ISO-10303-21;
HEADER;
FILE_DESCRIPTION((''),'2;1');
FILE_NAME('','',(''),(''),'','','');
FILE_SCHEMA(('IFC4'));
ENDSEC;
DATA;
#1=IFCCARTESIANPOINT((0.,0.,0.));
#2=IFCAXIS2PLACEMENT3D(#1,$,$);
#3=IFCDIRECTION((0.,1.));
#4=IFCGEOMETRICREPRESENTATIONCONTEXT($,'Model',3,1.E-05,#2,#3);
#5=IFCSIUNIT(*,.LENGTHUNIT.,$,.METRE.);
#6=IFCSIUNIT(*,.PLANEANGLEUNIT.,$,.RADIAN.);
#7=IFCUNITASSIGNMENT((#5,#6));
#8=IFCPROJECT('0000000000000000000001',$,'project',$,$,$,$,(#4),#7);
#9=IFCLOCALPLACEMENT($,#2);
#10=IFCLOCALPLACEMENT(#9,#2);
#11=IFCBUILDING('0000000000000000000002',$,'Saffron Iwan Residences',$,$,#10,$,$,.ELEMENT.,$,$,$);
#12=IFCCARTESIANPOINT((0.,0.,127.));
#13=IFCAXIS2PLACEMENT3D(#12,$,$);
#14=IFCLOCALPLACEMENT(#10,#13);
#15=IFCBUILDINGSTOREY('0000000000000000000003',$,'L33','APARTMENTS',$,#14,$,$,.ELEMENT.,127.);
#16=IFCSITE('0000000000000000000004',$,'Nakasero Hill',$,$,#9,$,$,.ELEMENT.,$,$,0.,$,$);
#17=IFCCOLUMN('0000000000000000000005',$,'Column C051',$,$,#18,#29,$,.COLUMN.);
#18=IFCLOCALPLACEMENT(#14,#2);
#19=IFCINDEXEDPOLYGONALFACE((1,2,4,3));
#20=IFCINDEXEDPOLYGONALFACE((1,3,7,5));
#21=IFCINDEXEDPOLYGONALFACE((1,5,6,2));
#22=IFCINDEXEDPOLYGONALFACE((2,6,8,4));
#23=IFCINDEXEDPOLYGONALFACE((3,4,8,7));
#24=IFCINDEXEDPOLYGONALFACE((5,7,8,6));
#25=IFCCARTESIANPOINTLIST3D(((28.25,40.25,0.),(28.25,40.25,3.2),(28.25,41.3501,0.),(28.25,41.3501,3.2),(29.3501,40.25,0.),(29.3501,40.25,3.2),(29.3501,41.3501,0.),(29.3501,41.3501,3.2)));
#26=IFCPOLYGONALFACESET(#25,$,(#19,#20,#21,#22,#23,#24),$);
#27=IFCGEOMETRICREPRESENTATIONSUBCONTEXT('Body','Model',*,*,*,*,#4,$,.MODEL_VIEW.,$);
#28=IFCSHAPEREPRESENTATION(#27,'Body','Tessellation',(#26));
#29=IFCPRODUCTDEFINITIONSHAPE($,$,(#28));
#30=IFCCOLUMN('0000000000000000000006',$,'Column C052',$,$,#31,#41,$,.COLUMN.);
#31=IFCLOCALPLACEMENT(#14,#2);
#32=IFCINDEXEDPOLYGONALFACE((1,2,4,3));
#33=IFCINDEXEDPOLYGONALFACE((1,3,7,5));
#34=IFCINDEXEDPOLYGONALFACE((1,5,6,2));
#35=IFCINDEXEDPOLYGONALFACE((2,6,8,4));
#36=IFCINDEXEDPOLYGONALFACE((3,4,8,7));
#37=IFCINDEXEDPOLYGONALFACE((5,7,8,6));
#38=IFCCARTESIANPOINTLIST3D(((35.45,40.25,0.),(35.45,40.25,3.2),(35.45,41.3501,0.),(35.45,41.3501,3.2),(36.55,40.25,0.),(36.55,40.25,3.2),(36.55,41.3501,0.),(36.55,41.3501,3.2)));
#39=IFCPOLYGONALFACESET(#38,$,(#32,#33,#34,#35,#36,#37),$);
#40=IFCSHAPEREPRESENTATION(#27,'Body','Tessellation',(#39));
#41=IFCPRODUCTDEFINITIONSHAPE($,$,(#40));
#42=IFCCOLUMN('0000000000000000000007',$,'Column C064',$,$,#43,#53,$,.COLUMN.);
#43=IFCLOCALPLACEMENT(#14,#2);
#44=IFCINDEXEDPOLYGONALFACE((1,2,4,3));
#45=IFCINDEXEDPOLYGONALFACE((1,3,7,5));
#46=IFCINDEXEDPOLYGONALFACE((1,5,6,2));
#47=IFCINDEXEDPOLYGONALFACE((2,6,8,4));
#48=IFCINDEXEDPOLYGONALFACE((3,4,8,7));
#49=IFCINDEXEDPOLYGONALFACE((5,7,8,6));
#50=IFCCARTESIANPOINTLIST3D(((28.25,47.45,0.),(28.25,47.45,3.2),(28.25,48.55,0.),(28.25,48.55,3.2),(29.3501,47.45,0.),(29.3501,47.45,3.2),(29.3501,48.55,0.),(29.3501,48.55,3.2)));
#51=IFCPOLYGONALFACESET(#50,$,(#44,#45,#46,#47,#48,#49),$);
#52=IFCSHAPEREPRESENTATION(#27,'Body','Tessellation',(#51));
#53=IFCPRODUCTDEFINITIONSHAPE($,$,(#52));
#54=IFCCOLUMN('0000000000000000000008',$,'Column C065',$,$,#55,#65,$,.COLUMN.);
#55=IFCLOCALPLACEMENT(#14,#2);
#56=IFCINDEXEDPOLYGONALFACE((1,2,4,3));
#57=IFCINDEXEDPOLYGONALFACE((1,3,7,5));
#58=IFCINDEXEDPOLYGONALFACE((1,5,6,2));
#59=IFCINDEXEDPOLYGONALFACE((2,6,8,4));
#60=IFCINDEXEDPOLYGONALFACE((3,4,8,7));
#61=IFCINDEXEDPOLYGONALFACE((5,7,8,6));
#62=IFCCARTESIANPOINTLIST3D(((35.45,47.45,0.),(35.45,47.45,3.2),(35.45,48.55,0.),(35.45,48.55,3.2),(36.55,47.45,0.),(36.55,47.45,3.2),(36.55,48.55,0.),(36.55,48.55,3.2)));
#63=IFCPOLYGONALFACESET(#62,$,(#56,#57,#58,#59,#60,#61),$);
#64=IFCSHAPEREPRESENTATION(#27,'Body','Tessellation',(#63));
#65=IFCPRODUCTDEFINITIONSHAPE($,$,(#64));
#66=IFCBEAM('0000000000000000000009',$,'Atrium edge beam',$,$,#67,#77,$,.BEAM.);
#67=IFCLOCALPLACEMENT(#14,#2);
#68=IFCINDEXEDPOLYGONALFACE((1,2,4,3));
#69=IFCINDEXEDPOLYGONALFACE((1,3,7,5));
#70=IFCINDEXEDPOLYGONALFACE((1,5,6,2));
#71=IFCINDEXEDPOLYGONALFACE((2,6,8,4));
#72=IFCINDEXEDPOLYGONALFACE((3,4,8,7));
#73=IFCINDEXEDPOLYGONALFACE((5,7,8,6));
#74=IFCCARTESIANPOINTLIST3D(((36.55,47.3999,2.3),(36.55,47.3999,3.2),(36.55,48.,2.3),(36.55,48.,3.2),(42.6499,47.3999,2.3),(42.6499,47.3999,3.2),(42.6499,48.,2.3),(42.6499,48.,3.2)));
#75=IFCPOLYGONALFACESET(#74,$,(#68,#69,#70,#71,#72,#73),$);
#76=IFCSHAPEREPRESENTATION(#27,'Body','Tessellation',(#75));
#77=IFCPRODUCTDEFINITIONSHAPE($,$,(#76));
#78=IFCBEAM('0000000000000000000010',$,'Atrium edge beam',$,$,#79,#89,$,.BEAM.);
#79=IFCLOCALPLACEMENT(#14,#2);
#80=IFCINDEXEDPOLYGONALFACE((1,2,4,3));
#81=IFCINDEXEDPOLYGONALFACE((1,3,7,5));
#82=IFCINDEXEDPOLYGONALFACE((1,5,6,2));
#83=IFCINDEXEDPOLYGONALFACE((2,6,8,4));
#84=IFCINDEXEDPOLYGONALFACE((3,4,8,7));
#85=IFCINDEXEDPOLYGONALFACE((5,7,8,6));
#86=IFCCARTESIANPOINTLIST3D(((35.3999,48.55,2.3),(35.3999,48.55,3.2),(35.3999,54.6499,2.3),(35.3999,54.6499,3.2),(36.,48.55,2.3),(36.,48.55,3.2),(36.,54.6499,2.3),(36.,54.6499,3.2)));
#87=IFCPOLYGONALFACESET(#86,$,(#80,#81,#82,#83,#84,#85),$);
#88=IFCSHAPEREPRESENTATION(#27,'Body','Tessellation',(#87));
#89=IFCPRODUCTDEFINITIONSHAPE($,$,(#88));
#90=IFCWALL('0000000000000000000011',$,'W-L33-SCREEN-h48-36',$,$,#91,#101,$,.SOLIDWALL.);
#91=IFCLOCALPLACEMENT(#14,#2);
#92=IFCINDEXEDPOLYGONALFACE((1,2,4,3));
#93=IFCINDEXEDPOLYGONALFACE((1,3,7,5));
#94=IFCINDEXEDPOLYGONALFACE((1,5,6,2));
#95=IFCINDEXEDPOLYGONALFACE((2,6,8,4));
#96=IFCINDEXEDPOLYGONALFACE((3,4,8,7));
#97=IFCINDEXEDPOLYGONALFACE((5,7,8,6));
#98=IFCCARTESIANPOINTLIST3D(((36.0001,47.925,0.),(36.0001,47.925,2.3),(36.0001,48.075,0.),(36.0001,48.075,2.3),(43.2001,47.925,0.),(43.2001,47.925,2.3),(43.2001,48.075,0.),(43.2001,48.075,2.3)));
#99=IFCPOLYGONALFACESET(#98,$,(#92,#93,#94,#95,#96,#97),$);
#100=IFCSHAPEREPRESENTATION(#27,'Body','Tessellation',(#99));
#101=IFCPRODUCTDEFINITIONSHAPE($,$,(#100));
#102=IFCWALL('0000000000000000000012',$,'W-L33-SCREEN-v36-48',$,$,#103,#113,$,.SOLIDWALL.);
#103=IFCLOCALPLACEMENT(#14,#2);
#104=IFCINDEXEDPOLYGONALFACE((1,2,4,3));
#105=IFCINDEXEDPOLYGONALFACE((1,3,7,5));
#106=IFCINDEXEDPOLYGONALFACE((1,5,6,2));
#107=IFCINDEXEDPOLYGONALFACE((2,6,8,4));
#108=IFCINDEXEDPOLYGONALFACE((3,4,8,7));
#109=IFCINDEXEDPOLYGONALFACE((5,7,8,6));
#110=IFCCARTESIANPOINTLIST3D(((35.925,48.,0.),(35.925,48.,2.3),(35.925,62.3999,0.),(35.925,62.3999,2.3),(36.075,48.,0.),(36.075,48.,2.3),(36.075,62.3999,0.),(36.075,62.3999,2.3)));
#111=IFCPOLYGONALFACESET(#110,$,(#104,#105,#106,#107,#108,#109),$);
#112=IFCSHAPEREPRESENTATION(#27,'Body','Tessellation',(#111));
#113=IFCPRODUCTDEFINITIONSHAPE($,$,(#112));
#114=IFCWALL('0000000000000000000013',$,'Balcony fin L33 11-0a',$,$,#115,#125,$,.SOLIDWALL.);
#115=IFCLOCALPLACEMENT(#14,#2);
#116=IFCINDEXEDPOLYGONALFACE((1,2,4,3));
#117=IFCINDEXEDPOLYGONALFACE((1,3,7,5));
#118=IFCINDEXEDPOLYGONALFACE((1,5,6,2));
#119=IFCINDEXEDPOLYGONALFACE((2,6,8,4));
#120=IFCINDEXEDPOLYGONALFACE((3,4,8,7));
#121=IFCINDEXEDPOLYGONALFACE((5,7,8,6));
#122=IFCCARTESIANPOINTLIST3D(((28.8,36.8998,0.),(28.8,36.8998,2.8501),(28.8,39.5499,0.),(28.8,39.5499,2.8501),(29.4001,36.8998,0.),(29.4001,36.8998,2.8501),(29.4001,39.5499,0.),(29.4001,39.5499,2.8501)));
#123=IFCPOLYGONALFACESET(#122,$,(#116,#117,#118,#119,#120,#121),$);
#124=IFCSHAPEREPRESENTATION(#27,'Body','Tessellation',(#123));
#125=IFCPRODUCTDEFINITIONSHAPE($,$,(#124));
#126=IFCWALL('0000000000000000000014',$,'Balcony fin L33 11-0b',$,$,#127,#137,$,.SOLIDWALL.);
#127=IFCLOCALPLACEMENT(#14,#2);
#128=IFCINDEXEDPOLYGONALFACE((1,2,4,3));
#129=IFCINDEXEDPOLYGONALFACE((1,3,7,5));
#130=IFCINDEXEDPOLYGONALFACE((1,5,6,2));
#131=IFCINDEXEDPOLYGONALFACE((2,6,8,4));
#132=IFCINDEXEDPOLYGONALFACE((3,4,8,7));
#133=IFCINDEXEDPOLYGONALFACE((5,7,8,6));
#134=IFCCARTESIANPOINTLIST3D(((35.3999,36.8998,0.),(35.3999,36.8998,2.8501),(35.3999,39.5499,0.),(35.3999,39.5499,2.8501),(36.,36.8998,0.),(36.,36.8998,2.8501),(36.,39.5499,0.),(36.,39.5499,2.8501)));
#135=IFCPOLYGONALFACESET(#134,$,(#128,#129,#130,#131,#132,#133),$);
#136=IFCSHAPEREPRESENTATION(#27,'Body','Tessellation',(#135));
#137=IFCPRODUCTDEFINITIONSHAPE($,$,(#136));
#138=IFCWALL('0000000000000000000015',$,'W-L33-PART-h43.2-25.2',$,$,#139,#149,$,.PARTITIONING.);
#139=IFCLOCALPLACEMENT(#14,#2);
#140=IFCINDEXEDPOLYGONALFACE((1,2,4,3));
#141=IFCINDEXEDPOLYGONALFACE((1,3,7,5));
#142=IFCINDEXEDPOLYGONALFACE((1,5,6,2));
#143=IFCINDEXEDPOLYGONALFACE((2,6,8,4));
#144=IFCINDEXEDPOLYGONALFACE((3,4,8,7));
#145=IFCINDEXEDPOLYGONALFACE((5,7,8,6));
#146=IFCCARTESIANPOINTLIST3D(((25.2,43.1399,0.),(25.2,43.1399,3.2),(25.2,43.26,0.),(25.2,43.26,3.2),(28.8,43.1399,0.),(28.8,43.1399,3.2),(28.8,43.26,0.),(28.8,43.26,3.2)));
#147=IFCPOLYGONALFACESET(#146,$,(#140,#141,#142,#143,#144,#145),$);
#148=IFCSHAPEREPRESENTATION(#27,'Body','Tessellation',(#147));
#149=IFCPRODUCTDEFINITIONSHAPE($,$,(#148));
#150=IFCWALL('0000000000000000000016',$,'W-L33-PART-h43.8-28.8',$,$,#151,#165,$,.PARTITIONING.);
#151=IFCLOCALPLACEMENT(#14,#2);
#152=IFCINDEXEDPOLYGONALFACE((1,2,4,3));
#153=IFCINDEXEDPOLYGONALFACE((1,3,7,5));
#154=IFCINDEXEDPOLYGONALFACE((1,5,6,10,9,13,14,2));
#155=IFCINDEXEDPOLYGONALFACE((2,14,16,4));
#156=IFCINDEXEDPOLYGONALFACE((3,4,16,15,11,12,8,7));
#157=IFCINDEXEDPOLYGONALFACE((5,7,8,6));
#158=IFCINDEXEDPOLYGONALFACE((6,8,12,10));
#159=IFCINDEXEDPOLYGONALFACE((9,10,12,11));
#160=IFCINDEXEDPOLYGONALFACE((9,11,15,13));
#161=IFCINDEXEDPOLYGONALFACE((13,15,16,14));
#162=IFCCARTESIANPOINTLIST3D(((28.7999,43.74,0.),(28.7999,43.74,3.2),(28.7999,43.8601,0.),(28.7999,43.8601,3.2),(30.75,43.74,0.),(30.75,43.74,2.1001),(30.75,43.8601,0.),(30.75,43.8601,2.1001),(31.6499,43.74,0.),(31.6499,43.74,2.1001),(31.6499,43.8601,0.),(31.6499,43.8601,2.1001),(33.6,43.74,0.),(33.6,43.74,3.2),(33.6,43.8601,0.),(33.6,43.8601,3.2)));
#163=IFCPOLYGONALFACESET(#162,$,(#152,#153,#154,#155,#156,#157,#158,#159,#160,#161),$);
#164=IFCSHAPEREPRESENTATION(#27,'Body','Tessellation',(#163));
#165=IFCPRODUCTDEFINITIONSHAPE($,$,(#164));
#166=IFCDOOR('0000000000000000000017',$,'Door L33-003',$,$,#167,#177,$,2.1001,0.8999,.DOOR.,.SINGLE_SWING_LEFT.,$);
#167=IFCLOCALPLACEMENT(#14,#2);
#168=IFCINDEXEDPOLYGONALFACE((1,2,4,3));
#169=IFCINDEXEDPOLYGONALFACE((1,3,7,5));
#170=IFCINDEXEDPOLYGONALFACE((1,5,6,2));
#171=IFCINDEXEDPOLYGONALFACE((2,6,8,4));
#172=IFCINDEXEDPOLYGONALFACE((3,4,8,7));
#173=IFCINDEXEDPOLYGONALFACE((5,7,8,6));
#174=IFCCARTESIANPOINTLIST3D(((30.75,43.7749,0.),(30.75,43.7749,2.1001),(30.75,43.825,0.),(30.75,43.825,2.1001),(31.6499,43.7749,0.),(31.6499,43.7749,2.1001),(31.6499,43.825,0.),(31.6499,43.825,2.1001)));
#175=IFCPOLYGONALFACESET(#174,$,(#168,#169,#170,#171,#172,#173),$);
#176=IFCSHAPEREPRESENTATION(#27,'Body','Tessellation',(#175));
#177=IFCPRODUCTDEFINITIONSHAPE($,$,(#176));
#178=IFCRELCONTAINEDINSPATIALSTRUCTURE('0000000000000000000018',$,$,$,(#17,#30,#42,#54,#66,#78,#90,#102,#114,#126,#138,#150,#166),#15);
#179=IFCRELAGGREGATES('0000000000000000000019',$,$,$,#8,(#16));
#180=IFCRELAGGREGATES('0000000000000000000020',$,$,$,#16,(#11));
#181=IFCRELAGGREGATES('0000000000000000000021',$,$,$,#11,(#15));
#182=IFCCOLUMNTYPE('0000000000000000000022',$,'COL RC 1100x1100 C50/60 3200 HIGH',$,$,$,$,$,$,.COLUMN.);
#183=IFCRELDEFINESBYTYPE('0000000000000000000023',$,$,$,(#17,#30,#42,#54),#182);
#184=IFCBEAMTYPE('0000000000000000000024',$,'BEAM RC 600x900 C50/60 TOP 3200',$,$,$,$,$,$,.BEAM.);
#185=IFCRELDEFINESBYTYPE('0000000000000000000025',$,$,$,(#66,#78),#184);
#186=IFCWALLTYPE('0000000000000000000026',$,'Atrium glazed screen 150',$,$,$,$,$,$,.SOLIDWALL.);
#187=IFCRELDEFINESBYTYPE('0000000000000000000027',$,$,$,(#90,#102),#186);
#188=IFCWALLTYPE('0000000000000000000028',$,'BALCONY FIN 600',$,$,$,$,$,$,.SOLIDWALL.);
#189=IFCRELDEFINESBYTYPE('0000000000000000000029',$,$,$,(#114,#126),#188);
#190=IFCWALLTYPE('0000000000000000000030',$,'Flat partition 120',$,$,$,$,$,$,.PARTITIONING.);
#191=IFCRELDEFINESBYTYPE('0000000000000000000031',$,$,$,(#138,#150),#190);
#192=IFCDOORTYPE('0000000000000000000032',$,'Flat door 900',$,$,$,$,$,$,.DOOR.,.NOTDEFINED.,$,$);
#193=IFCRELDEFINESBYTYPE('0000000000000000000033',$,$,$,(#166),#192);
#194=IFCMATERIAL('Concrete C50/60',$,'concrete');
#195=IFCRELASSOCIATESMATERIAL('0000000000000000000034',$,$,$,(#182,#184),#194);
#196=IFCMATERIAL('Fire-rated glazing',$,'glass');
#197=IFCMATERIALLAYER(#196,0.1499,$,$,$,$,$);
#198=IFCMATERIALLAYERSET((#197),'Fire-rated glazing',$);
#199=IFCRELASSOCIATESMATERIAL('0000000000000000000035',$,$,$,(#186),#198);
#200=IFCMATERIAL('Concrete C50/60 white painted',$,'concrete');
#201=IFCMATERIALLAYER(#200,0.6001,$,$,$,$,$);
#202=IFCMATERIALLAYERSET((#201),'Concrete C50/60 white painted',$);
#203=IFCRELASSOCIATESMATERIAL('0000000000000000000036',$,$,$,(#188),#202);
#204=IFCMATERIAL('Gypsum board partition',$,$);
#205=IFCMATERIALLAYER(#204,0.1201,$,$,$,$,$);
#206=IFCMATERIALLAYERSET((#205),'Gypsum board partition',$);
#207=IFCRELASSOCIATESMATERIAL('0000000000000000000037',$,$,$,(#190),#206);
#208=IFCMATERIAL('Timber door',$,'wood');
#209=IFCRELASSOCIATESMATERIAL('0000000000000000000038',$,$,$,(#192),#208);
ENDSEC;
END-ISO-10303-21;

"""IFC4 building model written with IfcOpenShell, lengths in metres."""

from ifc_helpers import new_model, si_unit, direction, frame, frame_2d, origin, origin_2d, place, context, subcontext, project, spatial, rectangle, extrude, source, transform, mapped, material, layer, layer_set, material_profile, profile_set, type_object, element, fill, save


model = new_model("IFC4")

# Units and contexts
model_context = context("Model", 3, precision=1e-05, world=origin(), true_north=direction((0.0, 1.0)))
body_context = subcontext(model_context, "Body", "Model", "MODEL_VIEW")
ifc_project = project(units=[si_unit("LENGTHUNIT", "METRE"), si_unit("PLANEANGLEUNIT", "RADIAN")], contexts=[model_context])

# Site, building, storey
site_placement = place(None, origin())
site = spatial("IfcSite", under=ifc_project, at=site_placement, Name="Nakasero Hill", CompositionType="ELEMENT", RefElevation=0.0)
building_placement = place(site_placement, origin())
building = spatial("IfcBuilding", under=site, at=building_placement, Name="Saffron Iwan Residences", CompositionType="ELEMENT")
storey_placement = place(building_placement, frame((0.0, 0.0, 127.0)))
storey = spatial("IfcBuildingStorey", under=building, at=storey_placement, Name="L33", Description="APARTMENTS", CompositionType="ELEMENT", Elevation=127.0)

# Columns
ifc_material_1 = material(Name="Concrete C50/60", Category="concrete")
ifc_material_profile_1 = material_profile(ifc_material_1, rectangle(XDim=1.1001, YDim=1.1001, at=origin_2d()), Name="RC 1100x1100")
ifc_profile_set_1 = profile_set([ifc_material_profile_1], Name="Concrete C50/60")
column_type = type_object("IfcColumnType", Name="COL RC 1100x1100 C50/60 3200 HIGH", PredefinedType="COLUMN", material=ifc_profile_set_1)
shared_shape_1 = source(origin(), body_context, "Body", "SweptSolid", [
    extrude(rectangle(XDim=1.1001, YDim=1.1001, at=origin_2d()), origin(), (0.0, 0.0, 1.0), 3.2),
])
for number, where, z_axis, x_axis, name in (
    (1, (28.8, 40.8, 0.0), (0.0, 0.0, 1.0), (1.0, 0.0, 0.0), "Column C051"),
    (2, (36.0, 40.8, 0.0), (0.0, 0.0, 1.0), (1.0, 0.0, 0.0), "Column C052"),
    (3, (28.8, 48.0, 0.0), (0.0, 0.0, 1.0), (1.0, 0.0, 0.0), "Column C064"),
    (4, (36.0, 48.0, 0.0), (0.0, 0.0, 1.0), (1.0, 0.0, 0.0), "Column C065"),
):
    element("IfcColumn", number, at=place(storey_placement, frame(where, z_axis=z_axis, x_axis=x_axis)), inside=storey, type_object=column_type, Name=name, PredefinedType="COLUMN", context=body_context, shape_type="MappedRepresentation", body=[
        mapped(shared_shape_1, transform((0.0, 0.0, 0.0))),
    ])

# Beams
ifc_material_profile_2 = material_profile(ifc_material_1, rectangle(XDim=0.6001, YDim=0.8999, at=origin_2d()), Name="RC 600x900")
ifc_profile_set_2 = profile_set([ifc_material_profile_2], Name="Concrete C50/60")
beam_type = type_object("IfcBeamType", Name="BEAM RC 600x900 C50/60 TOP 3200", PredefinedType="BEAM", material=ifc_profile_set_2)
shared_shape_2 = source(origin(), body_context, "Body", "SweptSolid", [
    extrude(rectangle(XDim=0.6001, YDim=0.8999, at=origin_2d()), origin(), (0.0, 0.0, 1.0), 6.0999),
])
for number, where, z_axis, x_axis, name in (
    (5, (42.6499, 47.7, 2.75), (-1.0, 0.0, 0.0), (0.0, -1.0, 0.0), "Atrium edge beam"),
    (6, (35.7, 48.55, 2.75), (0.0, 1.0, 0.0), (-1.0, 0.0, 0.0), "Atrium edge beam"),
):
    element("IfcBeam", number, at=place(storey_placement, frame(where, z_axis=z_axis, x_axis=x_axis)), inside=storey, type_object=beam_type, Name=name, PredefinedType="BEAM", context=body_context, shape_type="MappedRepresentation", body=[
        mapped(shared_shape_2, transform((0.0, 0.0, 0.0))),
    ])

# Walls
ifc_material_2 = material(Name="Fire-rated glazing", Category="glass")
ifc_layer_1 = layer(ifc_material_2, 0.1499)
ifc_layer_set_1 = layer_set([ifc_layer_1], Name="Fire-rated glazing")
wall_type_1 = type_object("IfcWallType", Name="Atrium glazed screen 150", PredefinedType="SOLIDWALL", material=ifc_layer_set_1)
wall_1_placement = place(storey_placement, frame((36.0, 48.0, 0.0), z_axis=(0.0, 0.0, 1.0), x_axis=(1.0, 0.0, 0.0)))
element("IfcWall", 7, at=wall_1_placement, inside=storey, type_object=wall_type_1, Name="W-L33-SCREEN-h48-36", PredefinedType="SOLIDWALL", context=body_context, shape_type="SweptSolid", body=[
    extrude(rectangle(XDim=7.2, YDim=0.1499, at=frame_2d((3.6001, 0.0))), origin(), (0.0, 0.0, 1.0), 2.3),
])
wall_2_placement = place(storey_placement, frame((36.0, 48.0, 0.0), z_axis=(0.0, 0.0, 1.0), x_axis=(0.0, 1.0, 0.0)))
element("IfcWall", 8, at=wall_2_placement, inside=storey, type_object=wall_type_1, Name="W-L33-SCREEN-v36-48", PredefinedType="SOLIDWALL", context=body_context, shape_type="SweptSolid", body=[
    extrude(rectangle(XDim=14.3999, YDim=0.1499, at=frame_2d((7.2, 0.0))), origin(), (0.0, 0.0, 1.0), 2.3),
])
ifc_material_3 = material(Name="Concrete C50/60 white painted", Category="concrete")
ifc_layer_2 = layer(ifc_material_3, 0.6001)
ifc_layer_set_2 = layer_set([ifc_layer_2], Name="Concrete C50/60 white painted")
wall_type_2 = type_object("IfcWallType", Name="BALCONY FIN 600", PredefinedType="SOLIDWALL", material=ifc_layer_set_2)
for number, where, z_axis, x_axis, name in (
    (9, (29.1001, 39.55, 0.0), (0.0, 0.0, 1.0), (0.0, -1.0, 0.0), "Balcony fin L33 11-0a"),
    (10, (35.7, 39.55, 0.0), (0.0, 0.0, 1.0), (0.0, -1.0, 0.0), "Balcony fin L33 11-0b"),
):
    element("IfcWall", number, at=place(storey_placement, frame(where, z_axis=z_axis, x_axis=x_axis)), inside=storey, type_object=wall_type_2, Name=name, PredefinedType="SOLIDWALL", context=body_context, shape_type="SweptSolid", body=[
        extrude(rectangle(XDim=2.6501, YDim=0.6001, at=frame_2d((1.3252, 0.0))), origin(), (0.0, 0.0, 1.0), 2.8501),
    ])
ifc_material_4 = material(Name="Gypsum board partition")
ifc_layer_3 = layer(ifc_material_4, 0.1201)
ifc_layer_set_3 = layer_set([ifc_layer_3], Name="Gypsum board partition")
wall_type_3 = type_object("IfcWallType", Name="Flat partition 120", PredefinedType="PARTITIONING", material=ifc_layer_set_3)
wall_3_placement = place(storey_placement, frame((25.2, 43.2, 0.0), z_axis=(0.0, 0.0, 1.0), x_axis=(1.0, 0.0, 0.0)))
element("IfcWall", 11, at=wall_3_placement, inside=storey, type_object=wall_type_3, Name="W-L33-PART-h43.2-25.2", PredefinedType="PARTITIONING", context=body_context, shape_type="SweptSolid", body=[
    extrude(rectangle(XDim=3.6001, YDim=0.1201, at=frame_2d((1.8, 0.0))), origin(), (0.0, 0.0, 1.0), 3.2),
])

# Wall, opening, door
wall_4_placement = place(storey_placement, frame((28.8, 43.8, 0.0), z_axis=(0.0, 0.0, 1.0), x_axis=(1.0, 0.0, 0.0)))
wall_4 = element("IfcWall", 12, at=wall_4_placement, inside=storey, type_object=wall_type_3, Name="W-L33-PART-h43.8-28.8", PredefinedType="PARTITIONING", context=body_context, shape_type="SweptSolid", body=[
    extrude(rectangle(XDim=4.8, YDim=0.1201, at=frame_2d((2.3999, 0.0))), origin(), (0.0, 0.0, 1.0), 3.2),
])
opening_1_placement = place(wall_4_placement, frame((1.95, 0.0, 0.0)))
opening_1 = element("IfcOpeningElement", 13, at=opening_1_placement, cuts=wall_4, PredefinedType="OPENING", context=body_context, shape_type="SweptSolid", body=[
    extrude(rectangle(XDim=0.8999, YDim=2.1001, at=frame_2d((0.45, 1.05))), frame((0.0, 0.0701, 0.0), z_axis=(0.0, -1.0, 0.0), x_axis=(1.0, 0.0, 0.0)), (0.0, 0.0, 1.0), 0.1401),
])
ifc_material_5 = material(Name="Timber door", Category="wood")
door_type_1 = type_object("IfcDoorType", Name="Flat door 900", OperationType="NOTDEFINED", PredefinedType="DOOR", material=ifc_material_5)
door_1_placement = place(opening_1_placement, origin())
door_1 = element("IfcDoor", 14, at=door_1_placement, inside=storey, type_object=door_type_1, Name="Door L33-003", OperationType="SINGLE_SWING_LEFT", OverallHeight=2.1001, OverallWidth=0.8999, PredefinedType="DOOR", context=body_context, shape_type="SweptSolid", body=[
    extrude(rectangle(XDim=0.8999, YDim=2.1001, at=frame_2d((0.45, 1.05))), frame((0.0, 0.0249, 0.0), z_axis=(0.0, -1.0, 0.0), x_axis=(1.0, 0.0, 0.0)), (0.0, 0.0, 1.0), 0.05),
])
fill(opening_1, door_1)

save(model, "model.ifc")
